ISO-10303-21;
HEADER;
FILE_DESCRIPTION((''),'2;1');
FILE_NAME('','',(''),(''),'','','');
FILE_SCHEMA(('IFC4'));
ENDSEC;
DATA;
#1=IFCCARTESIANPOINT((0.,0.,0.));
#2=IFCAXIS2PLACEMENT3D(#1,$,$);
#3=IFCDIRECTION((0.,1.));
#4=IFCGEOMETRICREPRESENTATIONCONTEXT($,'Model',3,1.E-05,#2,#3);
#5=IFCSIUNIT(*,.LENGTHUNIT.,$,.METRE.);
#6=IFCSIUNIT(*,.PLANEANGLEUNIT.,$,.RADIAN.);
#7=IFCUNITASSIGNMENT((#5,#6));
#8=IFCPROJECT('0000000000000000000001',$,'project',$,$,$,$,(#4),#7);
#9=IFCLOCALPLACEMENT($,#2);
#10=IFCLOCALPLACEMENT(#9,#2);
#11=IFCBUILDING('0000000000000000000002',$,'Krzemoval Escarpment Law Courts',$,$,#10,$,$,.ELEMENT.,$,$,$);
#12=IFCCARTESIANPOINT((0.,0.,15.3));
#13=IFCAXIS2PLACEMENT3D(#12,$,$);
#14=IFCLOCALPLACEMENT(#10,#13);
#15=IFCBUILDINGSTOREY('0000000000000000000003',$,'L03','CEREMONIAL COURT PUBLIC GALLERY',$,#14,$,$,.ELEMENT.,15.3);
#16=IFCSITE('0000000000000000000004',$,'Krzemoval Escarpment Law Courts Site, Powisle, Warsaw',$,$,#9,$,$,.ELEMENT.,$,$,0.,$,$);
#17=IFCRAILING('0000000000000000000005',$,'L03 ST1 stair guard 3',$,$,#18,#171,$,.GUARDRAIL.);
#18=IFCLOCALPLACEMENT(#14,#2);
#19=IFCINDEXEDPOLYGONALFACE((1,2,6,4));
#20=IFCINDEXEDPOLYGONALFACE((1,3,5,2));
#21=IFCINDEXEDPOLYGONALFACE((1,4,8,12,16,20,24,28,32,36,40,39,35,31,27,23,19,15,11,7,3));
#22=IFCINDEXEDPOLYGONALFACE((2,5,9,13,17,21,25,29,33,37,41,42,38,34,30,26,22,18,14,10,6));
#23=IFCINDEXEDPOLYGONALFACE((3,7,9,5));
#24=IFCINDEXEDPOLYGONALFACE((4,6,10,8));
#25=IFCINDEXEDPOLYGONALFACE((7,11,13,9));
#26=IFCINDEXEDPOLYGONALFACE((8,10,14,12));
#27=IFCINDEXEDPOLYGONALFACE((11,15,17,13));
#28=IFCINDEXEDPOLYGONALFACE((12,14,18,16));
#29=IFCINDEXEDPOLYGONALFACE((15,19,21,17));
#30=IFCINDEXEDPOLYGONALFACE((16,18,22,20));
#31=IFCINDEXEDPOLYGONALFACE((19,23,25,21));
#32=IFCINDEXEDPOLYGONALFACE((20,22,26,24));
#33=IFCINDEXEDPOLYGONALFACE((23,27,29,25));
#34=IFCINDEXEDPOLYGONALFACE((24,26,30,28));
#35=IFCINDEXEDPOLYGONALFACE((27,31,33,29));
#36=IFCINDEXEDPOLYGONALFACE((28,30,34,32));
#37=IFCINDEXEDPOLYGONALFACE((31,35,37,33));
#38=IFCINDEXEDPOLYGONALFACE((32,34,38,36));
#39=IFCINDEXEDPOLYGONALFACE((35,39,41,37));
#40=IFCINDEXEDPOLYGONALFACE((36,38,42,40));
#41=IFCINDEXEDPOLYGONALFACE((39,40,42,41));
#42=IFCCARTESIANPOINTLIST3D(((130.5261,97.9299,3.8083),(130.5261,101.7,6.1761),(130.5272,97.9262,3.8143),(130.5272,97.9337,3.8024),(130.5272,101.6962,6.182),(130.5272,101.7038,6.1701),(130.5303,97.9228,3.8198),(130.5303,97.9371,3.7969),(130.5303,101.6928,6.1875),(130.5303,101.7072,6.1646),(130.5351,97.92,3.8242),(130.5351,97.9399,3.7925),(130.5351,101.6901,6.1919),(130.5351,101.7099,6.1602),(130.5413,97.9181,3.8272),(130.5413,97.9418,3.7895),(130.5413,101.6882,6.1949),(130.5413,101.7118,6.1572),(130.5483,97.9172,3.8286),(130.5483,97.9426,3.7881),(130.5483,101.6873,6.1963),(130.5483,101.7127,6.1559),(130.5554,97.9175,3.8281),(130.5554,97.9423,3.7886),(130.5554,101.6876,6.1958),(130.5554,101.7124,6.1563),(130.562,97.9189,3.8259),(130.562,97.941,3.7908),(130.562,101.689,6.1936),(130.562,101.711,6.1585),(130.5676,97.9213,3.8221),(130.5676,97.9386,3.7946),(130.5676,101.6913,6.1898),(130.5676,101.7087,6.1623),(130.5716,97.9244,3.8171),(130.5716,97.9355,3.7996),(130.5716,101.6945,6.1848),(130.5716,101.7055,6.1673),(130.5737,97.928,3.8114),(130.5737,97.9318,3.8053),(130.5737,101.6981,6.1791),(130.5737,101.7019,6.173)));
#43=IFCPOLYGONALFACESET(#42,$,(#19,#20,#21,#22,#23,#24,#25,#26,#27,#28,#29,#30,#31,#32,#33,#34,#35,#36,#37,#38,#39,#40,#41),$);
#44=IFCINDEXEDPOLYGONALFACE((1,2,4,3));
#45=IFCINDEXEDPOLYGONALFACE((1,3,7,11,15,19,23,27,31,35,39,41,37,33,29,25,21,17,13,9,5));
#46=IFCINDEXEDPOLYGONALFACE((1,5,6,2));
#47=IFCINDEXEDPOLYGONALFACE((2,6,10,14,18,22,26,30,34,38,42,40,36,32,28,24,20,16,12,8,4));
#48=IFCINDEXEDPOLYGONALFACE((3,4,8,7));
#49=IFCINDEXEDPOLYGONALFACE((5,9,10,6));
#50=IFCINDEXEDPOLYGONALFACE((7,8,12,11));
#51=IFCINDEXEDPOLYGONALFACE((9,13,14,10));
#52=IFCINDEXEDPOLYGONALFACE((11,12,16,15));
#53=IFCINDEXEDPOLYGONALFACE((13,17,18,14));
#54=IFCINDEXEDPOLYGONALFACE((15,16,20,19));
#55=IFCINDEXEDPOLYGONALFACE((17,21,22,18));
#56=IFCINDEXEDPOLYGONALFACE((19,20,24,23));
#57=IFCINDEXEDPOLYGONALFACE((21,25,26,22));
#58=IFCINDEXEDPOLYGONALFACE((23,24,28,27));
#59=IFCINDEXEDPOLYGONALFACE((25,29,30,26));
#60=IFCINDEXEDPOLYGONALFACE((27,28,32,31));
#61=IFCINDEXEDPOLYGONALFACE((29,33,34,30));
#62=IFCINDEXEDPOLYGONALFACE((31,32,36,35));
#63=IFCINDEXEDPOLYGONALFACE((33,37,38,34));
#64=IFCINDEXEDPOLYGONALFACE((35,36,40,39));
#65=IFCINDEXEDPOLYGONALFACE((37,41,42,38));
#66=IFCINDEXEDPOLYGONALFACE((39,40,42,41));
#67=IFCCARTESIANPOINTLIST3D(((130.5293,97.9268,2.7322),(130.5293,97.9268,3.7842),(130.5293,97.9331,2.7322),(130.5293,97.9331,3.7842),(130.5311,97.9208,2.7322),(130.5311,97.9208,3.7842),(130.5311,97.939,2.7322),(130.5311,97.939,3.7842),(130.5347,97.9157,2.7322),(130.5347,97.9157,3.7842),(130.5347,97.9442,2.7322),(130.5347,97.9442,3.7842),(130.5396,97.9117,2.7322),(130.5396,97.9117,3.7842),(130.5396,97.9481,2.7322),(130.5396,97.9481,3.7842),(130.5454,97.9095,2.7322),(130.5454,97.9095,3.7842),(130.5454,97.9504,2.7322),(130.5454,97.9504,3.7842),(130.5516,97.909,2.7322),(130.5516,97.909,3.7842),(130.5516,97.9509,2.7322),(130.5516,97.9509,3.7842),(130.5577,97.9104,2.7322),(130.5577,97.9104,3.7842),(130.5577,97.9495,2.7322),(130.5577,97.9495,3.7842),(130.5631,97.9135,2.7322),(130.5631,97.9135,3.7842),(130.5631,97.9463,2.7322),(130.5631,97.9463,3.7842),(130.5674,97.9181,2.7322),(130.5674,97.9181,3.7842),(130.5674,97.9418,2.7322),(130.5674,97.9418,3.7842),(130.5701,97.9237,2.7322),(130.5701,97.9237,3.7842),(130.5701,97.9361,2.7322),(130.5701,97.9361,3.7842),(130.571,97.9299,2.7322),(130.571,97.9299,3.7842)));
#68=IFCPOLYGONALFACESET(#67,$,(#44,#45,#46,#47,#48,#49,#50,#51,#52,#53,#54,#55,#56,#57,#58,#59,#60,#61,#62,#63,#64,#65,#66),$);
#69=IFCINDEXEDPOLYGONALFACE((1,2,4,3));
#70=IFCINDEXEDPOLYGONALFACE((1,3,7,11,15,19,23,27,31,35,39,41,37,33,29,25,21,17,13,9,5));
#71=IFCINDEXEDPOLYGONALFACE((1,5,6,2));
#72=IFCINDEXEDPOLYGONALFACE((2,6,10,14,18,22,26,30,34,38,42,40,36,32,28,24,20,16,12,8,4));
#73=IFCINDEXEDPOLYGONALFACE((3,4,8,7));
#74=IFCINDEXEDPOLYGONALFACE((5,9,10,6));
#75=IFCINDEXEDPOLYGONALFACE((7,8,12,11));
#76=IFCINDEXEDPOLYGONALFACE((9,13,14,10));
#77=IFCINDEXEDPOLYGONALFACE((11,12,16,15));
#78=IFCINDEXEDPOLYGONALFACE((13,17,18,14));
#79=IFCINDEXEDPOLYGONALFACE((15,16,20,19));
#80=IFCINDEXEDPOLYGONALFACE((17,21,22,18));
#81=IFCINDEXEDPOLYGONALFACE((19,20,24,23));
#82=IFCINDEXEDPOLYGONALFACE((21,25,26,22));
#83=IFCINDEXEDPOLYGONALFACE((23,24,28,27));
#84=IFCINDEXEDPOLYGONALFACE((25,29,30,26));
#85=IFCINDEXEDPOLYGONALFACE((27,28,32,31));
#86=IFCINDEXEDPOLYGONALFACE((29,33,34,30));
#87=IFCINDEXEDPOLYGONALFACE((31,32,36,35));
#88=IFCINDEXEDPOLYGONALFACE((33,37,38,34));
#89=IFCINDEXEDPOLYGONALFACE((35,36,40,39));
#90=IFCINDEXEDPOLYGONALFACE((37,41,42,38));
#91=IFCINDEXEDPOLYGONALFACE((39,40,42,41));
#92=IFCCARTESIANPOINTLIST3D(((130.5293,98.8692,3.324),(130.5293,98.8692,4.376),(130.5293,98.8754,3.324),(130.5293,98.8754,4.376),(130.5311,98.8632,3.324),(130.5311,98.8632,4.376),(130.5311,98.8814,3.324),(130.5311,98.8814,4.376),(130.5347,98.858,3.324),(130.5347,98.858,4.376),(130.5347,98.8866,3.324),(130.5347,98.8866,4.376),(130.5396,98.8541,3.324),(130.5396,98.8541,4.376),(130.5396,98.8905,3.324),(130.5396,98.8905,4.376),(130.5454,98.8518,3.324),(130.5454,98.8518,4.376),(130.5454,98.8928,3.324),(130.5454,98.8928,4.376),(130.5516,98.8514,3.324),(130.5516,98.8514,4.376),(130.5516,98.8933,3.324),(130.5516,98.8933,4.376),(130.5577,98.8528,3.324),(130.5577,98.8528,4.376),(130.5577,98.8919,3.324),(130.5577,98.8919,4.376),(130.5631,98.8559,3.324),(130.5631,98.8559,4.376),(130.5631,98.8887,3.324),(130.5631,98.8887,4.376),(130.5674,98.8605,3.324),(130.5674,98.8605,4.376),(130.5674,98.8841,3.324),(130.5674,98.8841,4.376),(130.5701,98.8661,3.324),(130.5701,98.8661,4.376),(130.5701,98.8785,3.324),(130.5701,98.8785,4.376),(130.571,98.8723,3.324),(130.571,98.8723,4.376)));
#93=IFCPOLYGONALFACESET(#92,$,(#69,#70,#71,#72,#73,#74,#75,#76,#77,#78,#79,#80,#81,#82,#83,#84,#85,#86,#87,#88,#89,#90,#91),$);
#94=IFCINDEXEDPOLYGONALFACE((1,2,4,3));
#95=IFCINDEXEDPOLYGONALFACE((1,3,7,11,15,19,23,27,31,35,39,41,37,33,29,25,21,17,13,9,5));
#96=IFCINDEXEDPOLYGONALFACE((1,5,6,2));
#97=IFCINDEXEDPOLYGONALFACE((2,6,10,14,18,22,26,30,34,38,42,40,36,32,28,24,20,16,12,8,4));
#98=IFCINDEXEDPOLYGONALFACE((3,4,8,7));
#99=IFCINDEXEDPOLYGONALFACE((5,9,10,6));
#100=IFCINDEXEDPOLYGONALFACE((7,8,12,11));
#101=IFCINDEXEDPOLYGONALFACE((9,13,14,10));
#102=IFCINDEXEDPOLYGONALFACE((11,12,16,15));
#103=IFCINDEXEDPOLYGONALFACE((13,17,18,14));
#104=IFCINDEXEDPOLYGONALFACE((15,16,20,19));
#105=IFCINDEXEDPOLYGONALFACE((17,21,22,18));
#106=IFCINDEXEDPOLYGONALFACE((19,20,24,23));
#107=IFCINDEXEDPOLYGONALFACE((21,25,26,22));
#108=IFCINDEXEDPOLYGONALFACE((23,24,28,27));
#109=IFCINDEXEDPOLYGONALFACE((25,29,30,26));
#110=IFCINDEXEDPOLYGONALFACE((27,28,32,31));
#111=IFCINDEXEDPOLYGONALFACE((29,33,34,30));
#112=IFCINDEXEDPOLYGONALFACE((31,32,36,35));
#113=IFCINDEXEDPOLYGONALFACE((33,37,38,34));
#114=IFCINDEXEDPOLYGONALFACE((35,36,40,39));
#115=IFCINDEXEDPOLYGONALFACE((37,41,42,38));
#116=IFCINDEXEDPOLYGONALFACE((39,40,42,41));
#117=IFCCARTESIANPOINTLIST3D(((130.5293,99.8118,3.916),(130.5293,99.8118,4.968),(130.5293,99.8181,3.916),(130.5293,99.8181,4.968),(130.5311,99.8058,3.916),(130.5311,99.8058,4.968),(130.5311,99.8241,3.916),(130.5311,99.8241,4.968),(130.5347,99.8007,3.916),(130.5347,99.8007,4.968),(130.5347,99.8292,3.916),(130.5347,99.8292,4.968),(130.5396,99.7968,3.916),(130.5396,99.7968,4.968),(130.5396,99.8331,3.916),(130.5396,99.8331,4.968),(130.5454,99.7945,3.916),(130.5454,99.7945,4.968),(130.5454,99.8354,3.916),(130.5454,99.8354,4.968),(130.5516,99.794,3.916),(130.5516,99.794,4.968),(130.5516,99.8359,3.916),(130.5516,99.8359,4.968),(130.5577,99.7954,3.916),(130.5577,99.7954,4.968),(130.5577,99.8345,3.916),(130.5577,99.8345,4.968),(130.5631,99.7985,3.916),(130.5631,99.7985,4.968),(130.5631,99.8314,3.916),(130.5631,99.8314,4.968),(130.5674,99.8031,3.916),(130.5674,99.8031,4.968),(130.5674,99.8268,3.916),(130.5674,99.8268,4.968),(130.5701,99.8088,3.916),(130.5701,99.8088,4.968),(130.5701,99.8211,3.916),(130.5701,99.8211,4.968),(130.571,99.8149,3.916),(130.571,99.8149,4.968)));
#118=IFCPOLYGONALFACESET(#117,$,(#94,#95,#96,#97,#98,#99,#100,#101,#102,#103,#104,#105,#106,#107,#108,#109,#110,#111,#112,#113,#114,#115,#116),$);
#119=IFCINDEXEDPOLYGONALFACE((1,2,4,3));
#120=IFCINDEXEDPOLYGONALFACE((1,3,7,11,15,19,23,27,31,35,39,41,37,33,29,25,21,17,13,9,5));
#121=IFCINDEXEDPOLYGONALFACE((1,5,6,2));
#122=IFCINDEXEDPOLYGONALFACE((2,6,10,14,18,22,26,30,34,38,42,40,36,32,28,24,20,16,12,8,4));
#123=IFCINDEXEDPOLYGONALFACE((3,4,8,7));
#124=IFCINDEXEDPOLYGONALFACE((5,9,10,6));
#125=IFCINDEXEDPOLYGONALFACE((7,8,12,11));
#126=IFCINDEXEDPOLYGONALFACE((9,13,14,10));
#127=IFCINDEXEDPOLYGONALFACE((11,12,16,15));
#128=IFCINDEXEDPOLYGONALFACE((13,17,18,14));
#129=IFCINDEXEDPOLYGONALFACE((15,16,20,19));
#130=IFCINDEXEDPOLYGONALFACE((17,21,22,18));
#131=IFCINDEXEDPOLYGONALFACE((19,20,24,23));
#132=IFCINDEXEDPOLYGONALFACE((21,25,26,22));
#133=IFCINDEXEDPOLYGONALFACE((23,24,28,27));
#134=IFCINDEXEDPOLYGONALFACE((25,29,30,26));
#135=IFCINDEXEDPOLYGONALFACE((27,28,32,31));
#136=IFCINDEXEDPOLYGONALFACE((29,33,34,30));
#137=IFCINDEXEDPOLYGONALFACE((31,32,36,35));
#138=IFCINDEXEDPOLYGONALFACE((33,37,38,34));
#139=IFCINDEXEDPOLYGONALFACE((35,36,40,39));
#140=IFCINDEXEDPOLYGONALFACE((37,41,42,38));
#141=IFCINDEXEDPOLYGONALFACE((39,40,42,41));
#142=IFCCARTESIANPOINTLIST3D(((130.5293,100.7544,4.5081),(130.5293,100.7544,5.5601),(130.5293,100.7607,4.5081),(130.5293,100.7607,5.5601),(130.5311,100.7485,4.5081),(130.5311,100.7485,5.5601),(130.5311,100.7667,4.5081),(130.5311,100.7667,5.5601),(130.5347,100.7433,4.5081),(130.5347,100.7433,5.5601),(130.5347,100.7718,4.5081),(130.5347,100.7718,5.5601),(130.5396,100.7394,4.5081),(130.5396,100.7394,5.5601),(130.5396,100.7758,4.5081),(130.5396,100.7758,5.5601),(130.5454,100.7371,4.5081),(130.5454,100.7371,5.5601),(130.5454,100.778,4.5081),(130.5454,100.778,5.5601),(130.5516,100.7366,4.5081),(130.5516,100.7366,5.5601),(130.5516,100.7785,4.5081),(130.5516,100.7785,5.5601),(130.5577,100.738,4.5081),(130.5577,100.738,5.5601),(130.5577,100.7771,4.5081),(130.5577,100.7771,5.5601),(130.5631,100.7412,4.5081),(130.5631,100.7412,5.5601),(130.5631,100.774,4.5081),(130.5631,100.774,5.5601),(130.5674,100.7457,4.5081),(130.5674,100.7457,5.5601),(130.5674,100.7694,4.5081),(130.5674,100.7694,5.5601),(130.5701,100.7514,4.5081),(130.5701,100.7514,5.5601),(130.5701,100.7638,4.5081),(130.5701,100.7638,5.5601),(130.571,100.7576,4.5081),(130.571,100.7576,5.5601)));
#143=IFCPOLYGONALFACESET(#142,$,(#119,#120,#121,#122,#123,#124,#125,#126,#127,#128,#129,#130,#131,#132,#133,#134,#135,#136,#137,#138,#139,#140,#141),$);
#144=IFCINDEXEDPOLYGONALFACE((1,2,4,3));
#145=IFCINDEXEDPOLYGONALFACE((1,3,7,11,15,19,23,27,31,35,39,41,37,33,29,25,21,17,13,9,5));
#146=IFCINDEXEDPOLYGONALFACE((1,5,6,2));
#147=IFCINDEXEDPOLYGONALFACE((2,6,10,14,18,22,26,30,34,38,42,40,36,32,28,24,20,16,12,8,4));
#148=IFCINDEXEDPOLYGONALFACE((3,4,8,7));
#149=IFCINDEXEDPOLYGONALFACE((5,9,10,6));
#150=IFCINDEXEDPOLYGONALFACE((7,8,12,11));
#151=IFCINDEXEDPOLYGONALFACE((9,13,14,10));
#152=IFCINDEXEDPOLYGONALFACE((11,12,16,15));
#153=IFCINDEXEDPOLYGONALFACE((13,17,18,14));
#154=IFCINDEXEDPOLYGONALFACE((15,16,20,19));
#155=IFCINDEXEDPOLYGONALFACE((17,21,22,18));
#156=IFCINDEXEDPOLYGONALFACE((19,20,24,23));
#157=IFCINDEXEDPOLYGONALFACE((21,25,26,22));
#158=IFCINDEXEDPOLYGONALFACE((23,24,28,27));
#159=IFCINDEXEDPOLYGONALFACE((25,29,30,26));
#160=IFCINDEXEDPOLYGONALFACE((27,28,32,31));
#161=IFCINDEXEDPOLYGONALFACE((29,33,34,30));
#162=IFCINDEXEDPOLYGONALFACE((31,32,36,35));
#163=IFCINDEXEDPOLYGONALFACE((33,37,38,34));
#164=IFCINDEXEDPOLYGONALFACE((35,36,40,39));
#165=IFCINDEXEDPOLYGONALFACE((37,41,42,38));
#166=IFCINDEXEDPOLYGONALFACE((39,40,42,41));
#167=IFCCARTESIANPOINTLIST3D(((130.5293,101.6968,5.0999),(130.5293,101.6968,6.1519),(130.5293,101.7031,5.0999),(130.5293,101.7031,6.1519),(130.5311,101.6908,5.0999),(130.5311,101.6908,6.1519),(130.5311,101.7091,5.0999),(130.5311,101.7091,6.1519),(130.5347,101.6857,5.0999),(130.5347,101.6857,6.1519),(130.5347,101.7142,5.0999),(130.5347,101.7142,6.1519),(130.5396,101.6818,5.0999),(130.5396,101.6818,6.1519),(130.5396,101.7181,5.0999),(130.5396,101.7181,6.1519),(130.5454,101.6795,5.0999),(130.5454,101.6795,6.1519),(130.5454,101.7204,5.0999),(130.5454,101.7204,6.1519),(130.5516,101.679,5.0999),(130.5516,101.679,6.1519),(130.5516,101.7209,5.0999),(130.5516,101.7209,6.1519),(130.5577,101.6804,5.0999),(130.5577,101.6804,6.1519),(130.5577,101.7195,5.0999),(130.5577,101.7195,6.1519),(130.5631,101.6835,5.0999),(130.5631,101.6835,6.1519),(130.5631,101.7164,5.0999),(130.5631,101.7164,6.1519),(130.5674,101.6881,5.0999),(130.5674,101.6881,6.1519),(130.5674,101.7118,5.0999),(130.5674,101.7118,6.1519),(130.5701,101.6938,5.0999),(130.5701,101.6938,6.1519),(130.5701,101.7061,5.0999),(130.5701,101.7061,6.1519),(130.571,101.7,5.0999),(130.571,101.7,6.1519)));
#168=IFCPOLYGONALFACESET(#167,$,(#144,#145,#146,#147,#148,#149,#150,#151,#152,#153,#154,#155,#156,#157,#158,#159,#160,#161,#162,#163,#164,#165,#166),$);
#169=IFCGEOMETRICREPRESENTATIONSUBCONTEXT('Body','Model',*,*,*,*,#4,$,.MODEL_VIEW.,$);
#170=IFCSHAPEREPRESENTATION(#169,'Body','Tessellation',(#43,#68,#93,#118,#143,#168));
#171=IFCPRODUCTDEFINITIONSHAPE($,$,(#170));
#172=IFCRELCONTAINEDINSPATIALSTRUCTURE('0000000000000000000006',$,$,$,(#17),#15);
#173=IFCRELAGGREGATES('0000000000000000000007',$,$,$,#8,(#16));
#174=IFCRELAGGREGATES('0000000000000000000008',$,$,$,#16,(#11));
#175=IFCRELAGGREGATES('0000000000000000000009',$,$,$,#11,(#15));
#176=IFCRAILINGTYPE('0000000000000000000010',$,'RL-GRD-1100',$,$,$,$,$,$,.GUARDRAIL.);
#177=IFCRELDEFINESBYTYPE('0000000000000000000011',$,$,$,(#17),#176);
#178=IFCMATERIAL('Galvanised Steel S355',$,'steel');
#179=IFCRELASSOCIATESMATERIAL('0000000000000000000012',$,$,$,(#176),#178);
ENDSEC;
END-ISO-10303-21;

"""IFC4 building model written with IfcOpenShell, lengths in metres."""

from ifc_helpers import new_model, si_unit, direction, frame, origin, origin_2d, place, context, subcontext, project, spatial, circle, extrude, material, type_object, element, save


model = new_model("IFC4")

# Units and contexts
model_context = context("Model", 3, precision=1e-05, world=origin(), true_north=direction((0.0, 1.0)))
body_context = subcontext(model_context, "Body", "Model", "MODEL_VIEW")
ifc_project = project(units=[si_unit("LENGTHUNIT", "METRE"), si_unit("PLANEANGLEUNIT", "RADIAN")], contexts=[model_context])

# Site, building, storey
site_placement = place(None, origin())
site = spatial("IfcSite", under=ifc_project, at=site_placement, Name="Krzemoval Escarpment Law Courts Site, Powisle, Warsaw", CompositionType="ELEMENT", RefElevation=0.0)
building_placement = place(site_placement, origin())
building = spatial("IfcBuilding", under=site, at=building_placement, Name="Krzemoval Escarpment Law Courts", CompositionType="ELEMENT")
storey_placement = place(building_placement, frame((0.0, 0.0, 15.3)))
storey = spatial("IfcBuildingStorey", under=building, at=storey_placement, Name="L03", Description="CEREMONIAL COURT PUBLIC GALLERY", CompositionType="ELEMENT", Elevation=15.3)

# Railing
ifc_material_1 = material(Name="Galvanised Steel S355", Category="steel")
railing_type_1 = type_object("IfcRailingType", Name="RL-GRD-1100", PredefinedType="GUARDRAIL", material=ifc_material_1)
railing_1_placement = place(storey_placement, frame((130.55, 97.9299, 2.7322)))
element("IfcRailing", 1, at=railing_1_placement, inside=storey, type_object=railing_type_1, Name="L03 ST1 stair guard 3", PredefinedType="GUARDRAIL", context=body_context, shape_type="SweptSolid", body=[
    extrude(circle(Radius=0.0239, at=origin_2d()), frame((0.0, 0.0, 1.0762), z_axis=(0.0, 0.846844, 0.531841), x_axis=(-1.0, 0.0, 0.0)), (0.0, 0.0, 1.0), 4.4519),
    extrude(circle(Radius=0.021, at=origin_2d()), origin(), (0.0, 0.0, 1.0), 1.052),
    extrude(circle(Radius=0.021, at=origin_2d()), frame((0.0, 0.9424, 0.5918)), (0.0, 0.0, 1.0), 1.052),
    extrude(circle(Radius=0.021, at=origin_2d()), frame((0.0, 1.885, 1.1838)), (0.0, 0.0, 1.0), 1.052),
    extrude(circle(Radius=0.021, at=origin_2d()), frame((0.0, 2.8276, 1.7759)), (0.0, 0.0, 1.0), 1.052),
    extrude(circle(Radius=0.021, at=origin_2d()), frame((0.0, 3.77, 2.3677)), (0.0, 0.0, 1.0), 1.052),
])

save(model, "model.ifc")
